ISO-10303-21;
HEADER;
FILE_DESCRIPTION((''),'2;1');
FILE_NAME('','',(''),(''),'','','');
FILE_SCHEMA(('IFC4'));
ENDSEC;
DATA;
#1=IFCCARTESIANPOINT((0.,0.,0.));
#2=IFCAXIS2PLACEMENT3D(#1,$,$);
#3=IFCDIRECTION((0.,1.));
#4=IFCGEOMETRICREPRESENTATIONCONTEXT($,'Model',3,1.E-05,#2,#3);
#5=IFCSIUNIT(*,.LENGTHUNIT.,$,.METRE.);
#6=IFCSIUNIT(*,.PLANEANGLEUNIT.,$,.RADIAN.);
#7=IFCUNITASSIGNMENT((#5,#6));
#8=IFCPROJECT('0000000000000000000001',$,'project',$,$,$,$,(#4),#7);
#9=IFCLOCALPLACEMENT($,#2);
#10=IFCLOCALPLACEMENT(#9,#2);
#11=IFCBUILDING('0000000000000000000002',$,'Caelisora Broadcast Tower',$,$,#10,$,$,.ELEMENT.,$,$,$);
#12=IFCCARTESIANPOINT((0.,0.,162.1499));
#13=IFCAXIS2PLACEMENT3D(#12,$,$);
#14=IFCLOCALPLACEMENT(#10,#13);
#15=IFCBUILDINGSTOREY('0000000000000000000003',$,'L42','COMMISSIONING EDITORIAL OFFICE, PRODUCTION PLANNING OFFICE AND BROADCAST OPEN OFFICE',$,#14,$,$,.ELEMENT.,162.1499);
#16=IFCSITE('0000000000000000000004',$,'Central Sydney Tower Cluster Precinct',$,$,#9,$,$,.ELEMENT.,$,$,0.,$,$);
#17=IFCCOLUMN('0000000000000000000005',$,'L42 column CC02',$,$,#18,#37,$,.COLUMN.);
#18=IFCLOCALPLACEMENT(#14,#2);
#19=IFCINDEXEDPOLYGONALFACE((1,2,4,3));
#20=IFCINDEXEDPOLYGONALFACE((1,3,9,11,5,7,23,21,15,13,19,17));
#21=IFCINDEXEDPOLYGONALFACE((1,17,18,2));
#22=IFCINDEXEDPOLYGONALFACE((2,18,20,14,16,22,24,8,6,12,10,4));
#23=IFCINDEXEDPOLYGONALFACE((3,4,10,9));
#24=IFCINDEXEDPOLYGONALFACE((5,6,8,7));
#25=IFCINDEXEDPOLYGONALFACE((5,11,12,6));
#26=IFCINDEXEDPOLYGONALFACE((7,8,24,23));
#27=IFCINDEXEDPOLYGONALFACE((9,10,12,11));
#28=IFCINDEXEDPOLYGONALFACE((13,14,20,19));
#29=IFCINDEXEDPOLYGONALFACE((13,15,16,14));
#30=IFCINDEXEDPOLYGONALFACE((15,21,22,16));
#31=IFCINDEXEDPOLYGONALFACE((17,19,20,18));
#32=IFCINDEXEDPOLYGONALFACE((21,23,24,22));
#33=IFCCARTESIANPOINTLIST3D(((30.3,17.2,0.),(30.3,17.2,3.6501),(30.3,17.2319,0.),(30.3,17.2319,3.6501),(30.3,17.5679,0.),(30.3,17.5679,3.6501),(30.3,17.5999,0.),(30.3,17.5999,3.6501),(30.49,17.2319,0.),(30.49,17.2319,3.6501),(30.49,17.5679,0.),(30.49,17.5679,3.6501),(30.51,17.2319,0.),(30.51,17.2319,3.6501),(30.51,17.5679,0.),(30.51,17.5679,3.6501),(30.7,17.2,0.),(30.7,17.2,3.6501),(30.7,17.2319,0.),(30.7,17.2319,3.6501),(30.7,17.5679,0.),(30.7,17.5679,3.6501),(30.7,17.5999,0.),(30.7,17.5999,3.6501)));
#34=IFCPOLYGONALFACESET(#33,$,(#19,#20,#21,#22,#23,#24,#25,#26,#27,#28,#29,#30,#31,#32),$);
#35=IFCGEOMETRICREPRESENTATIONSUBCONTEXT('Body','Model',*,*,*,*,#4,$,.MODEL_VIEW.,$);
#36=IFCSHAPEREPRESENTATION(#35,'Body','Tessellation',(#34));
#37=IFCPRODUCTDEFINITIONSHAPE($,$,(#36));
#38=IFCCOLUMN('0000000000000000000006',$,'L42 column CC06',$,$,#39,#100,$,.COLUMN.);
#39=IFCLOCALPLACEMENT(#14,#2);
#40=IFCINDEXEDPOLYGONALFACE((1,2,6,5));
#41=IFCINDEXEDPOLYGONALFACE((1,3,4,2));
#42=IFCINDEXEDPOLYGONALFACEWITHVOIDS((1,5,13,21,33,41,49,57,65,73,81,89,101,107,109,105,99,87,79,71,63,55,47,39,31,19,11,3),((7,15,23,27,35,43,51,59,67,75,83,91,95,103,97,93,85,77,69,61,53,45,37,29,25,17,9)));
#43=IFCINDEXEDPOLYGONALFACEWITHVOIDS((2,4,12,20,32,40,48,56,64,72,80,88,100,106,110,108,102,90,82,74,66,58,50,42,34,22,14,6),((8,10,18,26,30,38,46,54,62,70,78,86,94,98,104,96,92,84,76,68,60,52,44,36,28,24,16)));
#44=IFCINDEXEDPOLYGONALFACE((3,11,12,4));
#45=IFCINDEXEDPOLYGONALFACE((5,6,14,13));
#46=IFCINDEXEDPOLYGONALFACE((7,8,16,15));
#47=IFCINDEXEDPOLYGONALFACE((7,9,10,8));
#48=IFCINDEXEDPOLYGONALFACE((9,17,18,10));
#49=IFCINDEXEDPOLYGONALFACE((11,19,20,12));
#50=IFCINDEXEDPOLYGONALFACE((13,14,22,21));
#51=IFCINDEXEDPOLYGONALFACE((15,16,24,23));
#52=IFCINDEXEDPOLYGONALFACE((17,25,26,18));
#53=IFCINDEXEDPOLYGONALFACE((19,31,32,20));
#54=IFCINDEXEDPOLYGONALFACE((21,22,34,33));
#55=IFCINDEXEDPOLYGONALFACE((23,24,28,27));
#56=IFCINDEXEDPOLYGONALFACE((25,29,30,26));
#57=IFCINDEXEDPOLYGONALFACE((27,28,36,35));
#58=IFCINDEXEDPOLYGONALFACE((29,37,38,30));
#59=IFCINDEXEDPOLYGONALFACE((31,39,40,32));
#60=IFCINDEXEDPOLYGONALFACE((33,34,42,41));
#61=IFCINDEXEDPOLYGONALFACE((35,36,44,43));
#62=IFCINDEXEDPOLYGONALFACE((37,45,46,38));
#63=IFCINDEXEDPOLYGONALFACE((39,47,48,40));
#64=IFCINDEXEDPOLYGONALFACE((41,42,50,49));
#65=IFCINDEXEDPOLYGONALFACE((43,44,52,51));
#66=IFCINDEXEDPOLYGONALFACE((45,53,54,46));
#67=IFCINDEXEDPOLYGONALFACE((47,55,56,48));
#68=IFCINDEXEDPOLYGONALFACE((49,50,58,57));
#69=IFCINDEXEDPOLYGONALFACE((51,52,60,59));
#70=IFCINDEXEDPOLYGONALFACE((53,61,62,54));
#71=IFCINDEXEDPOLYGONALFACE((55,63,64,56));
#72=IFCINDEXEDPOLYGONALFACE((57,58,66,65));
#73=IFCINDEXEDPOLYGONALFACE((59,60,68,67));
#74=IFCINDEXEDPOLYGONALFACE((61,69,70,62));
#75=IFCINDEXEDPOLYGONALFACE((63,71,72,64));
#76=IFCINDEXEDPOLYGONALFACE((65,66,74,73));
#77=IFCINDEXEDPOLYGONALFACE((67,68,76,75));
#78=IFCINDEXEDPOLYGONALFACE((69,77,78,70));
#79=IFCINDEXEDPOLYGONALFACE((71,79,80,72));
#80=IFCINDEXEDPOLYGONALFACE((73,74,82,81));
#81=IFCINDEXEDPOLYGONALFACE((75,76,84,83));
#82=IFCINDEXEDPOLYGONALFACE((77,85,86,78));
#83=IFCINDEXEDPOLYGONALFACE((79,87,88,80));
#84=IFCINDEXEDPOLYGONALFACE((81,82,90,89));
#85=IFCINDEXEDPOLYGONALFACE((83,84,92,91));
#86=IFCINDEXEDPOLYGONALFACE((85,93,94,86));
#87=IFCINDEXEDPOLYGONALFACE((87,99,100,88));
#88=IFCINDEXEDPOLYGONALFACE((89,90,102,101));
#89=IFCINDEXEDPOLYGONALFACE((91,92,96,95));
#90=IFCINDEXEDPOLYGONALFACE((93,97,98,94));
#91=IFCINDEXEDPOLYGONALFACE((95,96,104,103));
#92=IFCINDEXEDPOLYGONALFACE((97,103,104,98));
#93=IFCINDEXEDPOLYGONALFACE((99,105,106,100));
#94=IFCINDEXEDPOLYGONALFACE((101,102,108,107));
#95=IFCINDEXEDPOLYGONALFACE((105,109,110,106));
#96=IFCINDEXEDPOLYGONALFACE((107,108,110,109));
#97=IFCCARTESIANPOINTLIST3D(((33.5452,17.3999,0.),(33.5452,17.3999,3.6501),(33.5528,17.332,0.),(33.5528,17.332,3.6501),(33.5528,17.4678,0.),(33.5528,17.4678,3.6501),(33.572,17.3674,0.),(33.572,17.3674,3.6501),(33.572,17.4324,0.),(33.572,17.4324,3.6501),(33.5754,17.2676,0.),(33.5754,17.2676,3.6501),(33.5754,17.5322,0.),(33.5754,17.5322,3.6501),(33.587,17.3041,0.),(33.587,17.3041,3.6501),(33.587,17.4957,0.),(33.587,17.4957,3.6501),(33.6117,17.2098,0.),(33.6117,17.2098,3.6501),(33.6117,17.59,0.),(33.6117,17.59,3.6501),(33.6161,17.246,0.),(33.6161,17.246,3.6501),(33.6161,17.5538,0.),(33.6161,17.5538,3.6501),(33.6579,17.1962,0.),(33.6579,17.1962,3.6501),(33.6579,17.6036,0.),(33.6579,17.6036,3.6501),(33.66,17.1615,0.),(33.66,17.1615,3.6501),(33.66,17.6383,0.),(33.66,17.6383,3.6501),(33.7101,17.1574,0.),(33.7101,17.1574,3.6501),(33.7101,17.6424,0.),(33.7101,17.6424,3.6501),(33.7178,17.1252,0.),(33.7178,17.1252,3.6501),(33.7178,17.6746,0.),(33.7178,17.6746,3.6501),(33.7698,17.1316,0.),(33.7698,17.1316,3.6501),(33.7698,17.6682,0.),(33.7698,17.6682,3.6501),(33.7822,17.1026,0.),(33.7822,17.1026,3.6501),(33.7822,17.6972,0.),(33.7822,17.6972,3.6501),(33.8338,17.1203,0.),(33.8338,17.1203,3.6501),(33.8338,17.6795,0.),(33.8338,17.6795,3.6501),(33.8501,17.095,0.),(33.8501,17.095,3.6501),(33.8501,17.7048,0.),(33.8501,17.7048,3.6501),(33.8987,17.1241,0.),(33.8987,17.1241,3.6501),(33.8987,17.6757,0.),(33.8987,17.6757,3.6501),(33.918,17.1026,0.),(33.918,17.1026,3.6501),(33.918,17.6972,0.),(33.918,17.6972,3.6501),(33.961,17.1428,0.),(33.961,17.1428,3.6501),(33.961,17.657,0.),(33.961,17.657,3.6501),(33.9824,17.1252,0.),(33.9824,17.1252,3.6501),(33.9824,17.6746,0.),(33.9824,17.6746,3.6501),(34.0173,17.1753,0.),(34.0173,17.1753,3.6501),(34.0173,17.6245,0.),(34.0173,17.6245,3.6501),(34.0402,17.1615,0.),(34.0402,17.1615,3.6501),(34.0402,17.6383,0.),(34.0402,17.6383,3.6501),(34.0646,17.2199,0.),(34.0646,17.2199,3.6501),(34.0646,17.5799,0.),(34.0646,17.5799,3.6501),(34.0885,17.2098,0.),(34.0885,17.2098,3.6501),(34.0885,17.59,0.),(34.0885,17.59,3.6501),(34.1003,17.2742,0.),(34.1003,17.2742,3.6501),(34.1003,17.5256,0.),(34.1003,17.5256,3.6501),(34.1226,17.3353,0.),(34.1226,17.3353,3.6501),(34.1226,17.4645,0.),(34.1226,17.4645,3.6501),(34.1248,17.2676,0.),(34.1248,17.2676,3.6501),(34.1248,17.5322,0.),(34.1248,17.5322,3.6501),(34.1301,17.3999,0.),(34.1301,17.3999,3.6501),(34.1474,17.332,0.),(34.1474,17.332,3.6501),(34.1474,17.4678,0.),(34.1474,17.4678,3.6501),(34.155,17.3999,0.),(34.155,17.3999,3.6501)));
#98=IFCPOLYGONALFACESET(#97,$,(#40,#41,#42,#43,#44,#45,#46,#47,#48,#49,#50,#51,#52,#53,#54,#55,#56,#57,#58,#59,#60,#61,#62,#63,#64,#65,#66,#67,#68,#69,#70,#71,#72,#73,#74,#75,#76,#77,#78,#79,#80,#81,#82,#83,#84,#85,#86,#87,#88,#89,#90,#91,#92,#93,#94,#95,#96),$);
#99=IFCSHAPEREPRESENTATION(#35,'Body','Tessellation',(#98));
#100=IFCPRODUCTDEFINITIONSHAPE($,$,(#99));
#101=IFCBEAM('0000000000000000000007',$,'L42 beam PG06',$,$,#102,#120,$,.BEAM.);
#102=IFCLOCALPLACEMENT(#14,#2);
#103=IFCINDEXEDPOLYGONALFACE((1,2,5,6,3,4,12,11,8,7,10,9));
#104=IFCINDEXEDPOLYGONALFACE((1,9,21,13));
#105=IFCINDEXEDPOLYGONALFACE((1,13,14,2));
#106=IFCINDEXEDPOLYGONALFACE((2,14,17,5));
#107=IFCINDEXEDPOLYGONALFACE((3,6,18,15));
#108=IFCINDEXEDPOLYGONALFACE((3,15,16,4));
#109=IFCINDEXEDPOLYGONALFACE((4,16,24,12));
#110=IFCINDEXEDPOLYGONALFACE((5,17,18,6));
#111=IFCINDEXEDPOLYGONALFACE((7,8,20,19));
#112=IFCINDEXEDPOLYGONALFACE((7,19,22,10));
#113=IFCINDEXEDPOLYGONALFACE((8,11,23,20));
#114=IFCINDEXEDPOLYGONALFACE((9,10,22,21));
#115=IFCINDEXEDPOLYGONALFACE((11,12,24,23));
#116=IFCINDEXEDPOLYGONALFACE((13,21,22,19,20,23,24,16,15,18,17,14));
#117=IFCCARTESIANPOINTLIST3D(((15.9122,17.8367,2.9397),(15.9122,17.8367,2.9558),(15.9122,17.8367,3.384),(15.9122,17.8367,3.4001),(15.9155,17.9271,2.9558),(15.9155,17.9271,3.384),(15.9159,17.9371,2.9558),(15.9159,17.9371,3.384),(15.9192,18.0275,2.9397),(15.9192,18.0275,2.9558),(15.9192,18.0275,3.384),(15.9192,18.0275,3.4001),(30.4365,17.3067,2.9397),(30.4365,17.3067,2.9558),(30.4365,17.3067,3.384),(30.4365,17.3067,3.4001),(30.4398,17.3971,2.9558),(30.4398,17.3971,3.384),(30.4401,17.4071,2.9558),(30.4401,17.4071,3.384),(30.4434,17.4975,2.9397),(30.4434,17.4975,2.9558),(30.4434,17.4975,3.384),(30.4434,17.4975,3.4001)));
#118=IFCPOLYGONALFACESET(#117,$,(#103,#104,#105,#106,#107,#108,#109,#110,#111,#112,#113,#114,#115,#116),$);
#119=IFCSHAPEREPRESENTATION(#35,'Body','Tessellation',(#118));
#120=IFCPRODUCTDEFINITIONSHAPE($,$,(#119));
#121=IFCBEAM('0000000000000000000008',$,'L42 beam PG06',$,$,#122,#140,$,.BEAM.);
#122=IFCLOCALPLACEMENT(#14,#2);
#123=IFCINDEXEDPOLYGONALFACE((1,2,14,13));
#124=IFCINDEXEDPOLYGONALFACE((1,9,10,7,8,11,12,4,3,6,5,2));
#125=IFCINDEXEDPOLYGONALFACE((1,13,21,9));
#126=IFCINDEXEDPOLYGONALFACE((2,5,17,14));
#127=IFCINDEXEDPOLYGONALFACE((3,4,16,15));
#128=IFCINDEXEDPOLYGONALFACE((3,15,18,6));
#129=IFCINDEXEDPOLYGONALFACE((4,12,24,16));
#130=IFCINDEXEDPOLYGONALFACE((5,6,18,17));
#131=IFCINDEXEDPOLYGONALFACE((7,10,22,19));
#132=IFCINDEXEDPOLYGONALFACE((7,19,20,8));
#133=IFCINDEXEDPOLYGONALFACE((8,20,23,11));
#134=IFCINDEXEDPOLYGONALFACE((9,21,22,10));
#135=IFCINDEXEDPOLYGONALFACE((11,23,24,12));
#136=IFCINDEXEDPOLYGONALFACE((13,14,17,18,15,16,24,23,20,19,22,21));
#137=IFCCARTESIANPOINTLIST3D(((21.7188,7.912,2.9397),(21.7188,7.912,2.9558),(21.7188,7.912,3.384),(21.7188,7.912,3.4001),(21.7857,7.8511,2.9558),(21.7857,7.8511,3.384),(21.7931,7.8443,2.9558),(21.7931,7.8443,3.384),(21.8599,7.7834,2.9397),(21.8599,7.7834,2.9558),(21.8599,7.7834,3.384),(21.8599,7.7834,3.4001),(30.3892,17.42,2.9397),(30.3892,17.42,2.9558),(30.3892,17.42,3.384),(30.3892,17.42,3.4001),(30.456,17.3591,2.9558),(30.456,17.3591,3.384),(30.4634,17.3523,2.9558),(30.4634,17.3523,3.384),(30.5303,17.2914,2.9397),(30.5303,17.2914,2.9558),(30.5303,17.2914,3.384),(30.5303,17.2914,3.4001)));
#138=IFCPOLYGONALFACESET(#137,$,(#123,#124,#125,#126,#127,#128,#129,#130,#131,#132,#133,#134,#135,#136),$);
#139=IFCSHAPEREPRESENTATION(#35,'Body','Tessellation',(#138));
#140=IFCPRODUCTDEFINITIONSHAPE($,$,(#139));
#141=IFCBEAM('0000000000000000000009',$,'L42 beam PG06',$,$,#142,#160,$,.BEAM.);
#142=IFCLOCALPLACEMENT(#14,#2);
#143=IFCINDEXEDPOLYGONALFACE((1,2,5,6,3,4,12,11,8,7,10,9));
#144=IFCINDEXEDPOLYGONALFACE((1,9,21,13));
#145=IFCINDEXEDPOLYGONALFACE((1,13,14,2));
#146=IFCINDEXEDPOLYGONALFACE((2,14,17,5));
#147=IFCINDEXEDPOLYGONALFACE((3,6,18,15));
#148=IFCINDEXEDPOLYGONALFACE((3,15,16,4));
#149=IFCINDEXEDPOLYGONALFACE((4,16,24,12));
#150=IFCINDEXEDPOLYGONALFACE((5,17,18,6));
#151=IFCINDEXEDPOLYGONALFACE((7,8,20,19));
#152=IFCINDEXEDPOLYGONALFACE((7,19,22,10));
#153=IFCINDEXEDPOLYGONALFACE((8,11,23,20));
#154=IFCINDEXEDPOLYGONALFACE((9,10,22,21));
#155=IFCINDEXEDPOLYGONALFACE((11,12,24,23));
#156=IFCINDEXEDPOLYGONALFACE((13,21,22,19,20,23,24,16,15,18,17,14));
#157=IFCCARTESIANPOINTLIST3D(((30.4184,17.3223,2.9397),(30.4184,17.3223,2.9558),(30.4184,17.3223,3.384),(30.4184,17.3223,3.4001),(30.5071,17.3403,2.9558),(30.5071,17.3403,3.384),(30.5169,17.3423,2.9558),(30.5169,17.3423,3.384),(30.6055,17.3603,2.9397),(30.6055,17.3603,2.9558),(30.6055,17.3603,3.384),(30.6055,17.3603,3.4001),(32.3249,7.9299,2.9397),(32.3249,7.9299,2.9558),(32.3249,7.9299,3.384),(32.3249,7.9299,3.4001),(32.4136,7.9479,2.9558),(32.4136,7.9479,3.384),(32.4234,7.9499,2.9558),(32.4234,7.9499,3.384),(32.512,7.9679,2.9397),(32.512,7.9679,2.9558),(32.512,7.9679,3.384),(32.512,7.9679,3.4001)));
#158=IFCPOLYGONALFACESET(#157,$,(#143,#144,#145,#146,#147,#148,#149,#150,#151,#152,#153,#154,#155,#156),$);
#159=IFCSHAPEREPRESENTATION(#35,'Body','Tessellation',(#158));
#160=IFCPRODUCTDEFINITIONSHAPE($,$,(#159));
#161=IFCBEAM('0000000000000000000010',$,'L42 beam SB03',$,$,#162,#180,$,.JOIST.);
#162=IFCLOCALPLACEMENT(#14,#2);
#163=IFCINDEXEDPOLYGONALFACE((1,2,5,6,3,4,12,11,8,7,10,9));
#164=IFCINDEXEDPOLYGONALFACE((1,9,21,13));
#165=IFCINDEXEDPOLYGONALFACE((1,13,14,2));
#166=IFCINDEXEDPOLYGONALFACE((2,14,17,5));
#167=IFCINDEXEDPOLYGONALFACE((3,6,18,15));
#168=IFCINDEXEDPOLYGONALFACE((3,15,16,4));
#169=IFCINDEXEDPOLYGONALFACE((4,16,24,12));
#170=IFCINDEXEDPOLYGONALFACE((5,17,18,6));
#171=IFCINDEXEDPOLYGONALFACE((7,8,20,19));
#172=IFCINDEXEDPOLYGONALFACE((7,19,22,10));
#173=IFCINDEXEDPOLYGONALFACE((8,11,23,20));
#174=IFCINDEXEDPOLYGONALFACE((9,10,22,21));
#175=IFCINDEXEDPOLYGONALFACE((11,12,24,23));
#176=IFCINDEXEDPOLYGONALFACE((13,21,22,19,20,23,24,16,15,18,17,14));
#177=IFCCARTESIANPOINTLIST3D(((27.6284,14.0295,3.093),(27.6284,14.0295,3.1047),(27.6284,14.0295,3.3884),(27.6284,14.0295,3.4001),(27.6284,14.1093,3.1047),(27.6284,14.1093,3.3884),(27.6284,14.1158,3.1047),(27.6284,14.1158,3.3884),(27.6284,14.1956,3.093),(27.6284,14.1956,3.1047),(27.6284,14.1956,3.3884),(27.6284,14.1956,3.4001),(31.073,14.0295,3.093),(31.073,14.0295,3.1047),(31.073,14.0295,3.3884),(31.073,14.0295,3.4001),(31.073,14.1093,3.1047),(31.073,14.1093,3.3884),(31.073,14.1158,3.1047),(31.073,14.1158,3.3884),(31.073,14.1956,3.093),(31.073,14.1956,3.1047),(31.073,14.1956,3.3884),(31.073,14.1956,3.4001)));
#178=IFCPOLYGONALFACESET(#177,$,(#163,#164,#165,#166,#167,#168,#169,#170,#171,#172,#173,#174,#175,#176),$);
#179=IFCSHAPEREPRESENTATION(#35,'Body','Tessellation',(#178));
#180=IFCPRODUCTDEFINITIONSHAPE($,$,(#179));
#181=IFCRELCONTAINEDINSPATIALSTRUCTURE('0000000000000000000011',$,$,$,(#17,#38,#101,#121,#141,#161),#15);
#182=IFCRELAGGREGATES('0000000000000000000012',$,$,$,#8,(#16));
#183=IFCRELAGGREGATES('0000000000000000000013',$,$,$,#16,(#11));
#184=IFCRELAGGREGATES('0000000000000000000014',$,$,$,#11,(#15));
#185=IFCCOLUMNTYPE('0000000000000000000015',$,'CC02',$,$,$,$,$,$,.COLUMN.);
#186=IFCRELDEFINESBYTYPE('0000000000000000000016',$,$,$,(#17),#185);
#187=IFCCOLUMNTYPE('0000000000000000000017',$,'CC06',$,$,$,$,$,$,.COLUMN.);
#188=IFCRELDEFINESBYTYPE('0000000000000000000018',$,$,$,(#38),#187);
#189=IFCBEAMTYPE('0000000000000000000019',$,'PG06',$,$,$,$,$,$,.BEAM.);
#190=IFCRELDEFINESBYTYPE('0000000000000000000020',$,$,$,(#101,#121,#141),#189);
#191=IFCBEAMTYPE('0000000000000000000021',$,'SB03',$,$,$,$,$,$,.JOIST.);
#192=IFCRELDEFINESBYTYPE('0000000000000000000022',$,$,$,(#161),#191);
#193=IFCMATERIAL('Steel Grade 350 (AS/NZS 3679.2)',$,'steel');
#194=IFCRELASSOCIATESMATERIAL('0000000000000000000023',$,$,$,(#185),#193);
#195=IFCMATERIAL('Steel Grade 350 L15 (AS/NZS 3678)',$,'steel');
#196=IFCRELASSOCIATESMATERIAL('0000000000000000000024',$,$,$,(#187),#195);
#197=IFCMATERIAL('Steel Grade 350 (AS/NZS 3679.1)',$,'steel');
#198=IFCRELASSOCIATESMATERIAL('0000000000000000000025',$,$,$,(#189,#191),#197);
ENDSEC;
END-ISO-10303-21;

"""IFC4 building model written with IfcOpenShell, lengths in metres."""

from ifc_helpers import new_model, si_unit, direction, frame, origin, origin_2d, place, context, subcontext, project, spatial, hollow_circle, i_section, extrude, source, transform, mapped, material, material_profile, profile_set, type_object, type_shapes, element, save


model = new_model("IFC4")

# Units and contexts
model_context = context("Model", 3, precision=1e-05, world=origin(), true_north=direction((0.0, 1.0)))
body_context = subcontext(model_context, "Body", "Model", "MODEL_VIEW")
ifc_project = project(units=[si_unit("LENGTHUNIT", "METRE"), si_unit("PLANEANGLEUNIT", "RADIAN")], contexts=[model_context])

# Site, building, storey
site_placement = place(None, origin())
site = spatial("IfcSite", under=ifc_project, at=site_placement, Name="Central Sydney Tower Cluster Precinct", CompositionType="ELEMENT", RefElevation=0.0)
building_placement = place(site_placement, origin())
building = spatial("IfcBuilding", under=site, at=building_placement, Name="Caelisora Broadcast Tower", CompositionType="ELEMENT")
storey_placement = place(building_placement, frame((0.0, 0.0, 162.1499)))
storey = spatial("IfcBuildingStorey", under=building, at=storey_placement, Name="L42", Description="COMMISSIONING EDITORIAL OFFICE, PRODUCTION PLANNING OFFICE AND BROADCAST OPEN OFFICE", CompositionType="ELEMENT", Elevation=162.1499)

# Columns
ifc_material_1 = material(Name="Steel Grade 350 (AS/NZS 3679.2)", Category="steel")
ifc_material_profile_1 = material_profile(ifc_material_1, i_section(OverallWidth=0.3999, OverallDepth=0.3999, WebThickness=0.02, FlangeThickness=0.032, at=origin_2d()), Name="Steel Grade 350 (AS/NZS 3679.2)")
ifc_profile_set_1 = profile_set([ifc_material_profile_1], Name="Steel Grade 350 (AS/NZS 3679.2)")
column_type_1 = type_object("IfcColumnType", Name="CC02", PredefinedType="COLUMN", material=ifc_profile_set_1)
shared_shape_1 = source(origin(), body_context, "Body", "SweptSolid", [
    extrude(i_section(OverallWidth=0.3999, OverallDepth=0.3999, WebThickness=0.02, FlangeThickness=0.032, at=origin_2d()), origin(), (0.0, 0.0, 1.0), 3.6501),
])
type_shapes(column_type_1, [shared_shape_1])
column_1_placement = place(storey_placement, frame((30.5, 17.3999, 0.0), z_axis=(0.0, 0.0, 1.0), x_axis=(1.0, 0.0, 0.0)))
element("IfcColumn", 1, at=column_1_placement, inside=storey, type_object=column_type_1, Name="L42 column CC02", PredefinedType="COLUMN", context=body_context, shape_type="MappedRepresentation", body=[
    mapped(shared_shape_1, transform((0.0, 0.0, 0.0), scale=1.0)),
])
ifc_material_2 = material(Name="Steel Grade 350 L15 (AS/NZS 3678)", Category="steel")
ifc_material_profile_2 = material_profile(ifc_material_2, hollow_circle(Radius=0.3049, WallThickness=0.0249, at=origin_2d()), Name="Steel Grade 350 L15 (AS/NZS 3678)")
ifc_profile_set_2 = profile_set([ifc_material_profile_2], Name="Steel Grade 350 L15 (AS/NZS 3678)")
column_type_2 = type_object("IfcColumnType", Name="CC06", PredefinedType="COLUMN", material=ifc_profile_set_2)
shared_shape_2 = source(origin(), body_context, "Body", "SweptSolid", [
    extrude(hollow_circle(Radius=0.3049, WallThickness=0.0249, at=origin_2d()), origin(), (0.0, 0.0, 1.0), 3.6501),
])
type_shapes(column_type_2, [shared_shape_2])
column_2_placement = place(storey_placement, frame((33.8501, 17.3999, 0.0), z_axis=(0.0, 0.0, 1.0), x_axis=(1.0, 0.0, 0.0)))
element("IfcColumn", 2, at=column_2_placement, inside=storey, type_object=column_type_2, Name="L42 column CC06", PredefinedType="COLUMN", context=body_context, shape_type="MappedRepresentation", body=[
    mapped(shared_shape_2, transform((0.0, 0.0, 0.0), scale=1.0)),
])

# Beams
ifc_material_3 = material(Name="Steel Grade 350 (AS/NZS 3679.1)", Category="steel")
ifc_material_profile_3 = material_profile(ifc_material_3, i_section(OverallWidth=0.1909, OverallDepth=0.4604, WebThickness=0.01, FlangeThickness=0.0161, at=origin_2d()), Name="Steel Grade 350 (AS/NZS 3679.1)")
ifc_profile_set_3 = profile_set([ifc_material_profile_3], Name="Steel Grade 350 (AS/NZS 3679.1)")
beam_type_1 = type_object("IfcBeamType", Name="PG06", PredefinedType="BEAM", material=ifc_profile_set_3)
shared_shape_3 = source(origin(), body_context, "Body", "SweptSolid", [
    extrude(i_section(OverallWidth=0.1909, OverallDepth=0.4604, WebThickness=0.01, FlangeThickness=0.0161, at=origin_2d()), origin(), (0.0, 0.0, 1.0), 14.5339),
])
beam_1_placement = place(storey_placement, frame((30.4399, 17.4021, 3.1699), z_axis=(-0.999335, 0.036469, 0.0), x_axis=(-0.036469, -0.999335, 0.0)))
element("IfcBeam", 3, at=beam_1_placement, inside=storey, type_object=beam_type_1, Name="L42 beam PG06", PredefinedType="BEAM", context=body_context, shape_type="MappedRepresentation", body=[
    mapped(shared_shape_3, transform((0.0, 0.0, 0.0), scale=1.0)),
])
shared_shape_4 = source(origin(), body_context, "Body", "SweptSolid", [
    extrude(i_section(OverallWidth=0.1909, OverallDepth=0.4604, WebThickness=0.01, FlangeThickness=0.0161, at=origin_2d()), origin(), (0.0, 0.0, 1.0), 12.8677),
])
beam_2_placement = place(storey_placement, frame((30.4597, 17.3557, 3.1699), z_axis=(-0.673809, -0.738906, 0.0), x_axis=(0.738906, -0.673809, 0.0)))
element("IfcBeam", 4, at=beam_2_placement, inside=storey, type_object=beam_type_1, Name="L42 beam PG06", PredefinedType="BEAM", context=body_context, shape_type="MappedRepresentation", body=[
    mapped(shared_shape_4, transform((0.0, 0.0, 0.0), scale=1.0)),
])
shared_shape_5 = source(origin(), body_context, "Body", "SweptSolid", [
    extrude(i_section(OverallWidth=0.1909, OverallDepth=0.4604, WebThickness=0.01, FlangeThickness=0.0161, at=origin_2d()), origin(), (0.0, 0.0, 1.0), 9.584),
])
type_shapes(beam_type_1, [shared_shape_3, shared_shape_4, shared_shape_5])
beam_3_placement = place(storey_placement, frame((30.512, 17.3413, 3.1699), z_axis=(0.198927, -0.980014, 0.0), x_axis=(0.980014, 0.198927, 0.0)))
element("IfcBeam", 5, at=beam_3_placement, inside=storey, type_object=beam_type_1, Name="L42 beam PG06", PredefinedType="BEAM", context=body_context, shape_type="MappedRepresentation", body=[
    mapped(shared_shape_5, transform((0.0, 0.0, 0.0), scale=1.0)),
])
ifc_material_profile_4 = material_profile(ifc_material_3, i_section(OverallWidth=0.166, OverallDepth=0.3071, WebThickness=0.0066, FlangeThickness=0.0117, at=origin_2d()), Name="Steel Grade 350 (AS/NZS 3679.1)")
ifc_profile_set_4 = profile_set([ifc_material_profile_4], Name="Steel Grade 350 (AS/NZS 3679.1)")
beam_type_2 = type_object("IfcBeamType", Name="SB03", PredefinedType="JOIST", material=ifc_profile_set_4)
shared_shape_6 = source(origin(), body_context, "Body", "SweptSolid", [
    extrude(i_section(OverallWidth=0.166, OverallDepth=0.3071, WebThickness=0.0066, FlangeThickness=0.0117, at=origin_2d()), origin(), (0.0, 0.0, 1.0), 3.4446),
])
beam_4_placement = place(storey_placement, frame((27.6284, 14.1125, 3.2466), z_axis=(1.0, 0.0, 0.0), x_axis=(0.0, 1.0, 0.0)))
element("IfcBeam", 6, at=beam_4_placement, inside=storey, type_object=beam_type_2, Name="L42 beam SB03", PredefinedType="JOIST", context=body_context, shape_type="MappedRepresentation", body=[
    mapped(shared_shape_6, transform((0.0, 0.0, 0.0), scale=1.0)),
])

save(model, "model.ifc")
